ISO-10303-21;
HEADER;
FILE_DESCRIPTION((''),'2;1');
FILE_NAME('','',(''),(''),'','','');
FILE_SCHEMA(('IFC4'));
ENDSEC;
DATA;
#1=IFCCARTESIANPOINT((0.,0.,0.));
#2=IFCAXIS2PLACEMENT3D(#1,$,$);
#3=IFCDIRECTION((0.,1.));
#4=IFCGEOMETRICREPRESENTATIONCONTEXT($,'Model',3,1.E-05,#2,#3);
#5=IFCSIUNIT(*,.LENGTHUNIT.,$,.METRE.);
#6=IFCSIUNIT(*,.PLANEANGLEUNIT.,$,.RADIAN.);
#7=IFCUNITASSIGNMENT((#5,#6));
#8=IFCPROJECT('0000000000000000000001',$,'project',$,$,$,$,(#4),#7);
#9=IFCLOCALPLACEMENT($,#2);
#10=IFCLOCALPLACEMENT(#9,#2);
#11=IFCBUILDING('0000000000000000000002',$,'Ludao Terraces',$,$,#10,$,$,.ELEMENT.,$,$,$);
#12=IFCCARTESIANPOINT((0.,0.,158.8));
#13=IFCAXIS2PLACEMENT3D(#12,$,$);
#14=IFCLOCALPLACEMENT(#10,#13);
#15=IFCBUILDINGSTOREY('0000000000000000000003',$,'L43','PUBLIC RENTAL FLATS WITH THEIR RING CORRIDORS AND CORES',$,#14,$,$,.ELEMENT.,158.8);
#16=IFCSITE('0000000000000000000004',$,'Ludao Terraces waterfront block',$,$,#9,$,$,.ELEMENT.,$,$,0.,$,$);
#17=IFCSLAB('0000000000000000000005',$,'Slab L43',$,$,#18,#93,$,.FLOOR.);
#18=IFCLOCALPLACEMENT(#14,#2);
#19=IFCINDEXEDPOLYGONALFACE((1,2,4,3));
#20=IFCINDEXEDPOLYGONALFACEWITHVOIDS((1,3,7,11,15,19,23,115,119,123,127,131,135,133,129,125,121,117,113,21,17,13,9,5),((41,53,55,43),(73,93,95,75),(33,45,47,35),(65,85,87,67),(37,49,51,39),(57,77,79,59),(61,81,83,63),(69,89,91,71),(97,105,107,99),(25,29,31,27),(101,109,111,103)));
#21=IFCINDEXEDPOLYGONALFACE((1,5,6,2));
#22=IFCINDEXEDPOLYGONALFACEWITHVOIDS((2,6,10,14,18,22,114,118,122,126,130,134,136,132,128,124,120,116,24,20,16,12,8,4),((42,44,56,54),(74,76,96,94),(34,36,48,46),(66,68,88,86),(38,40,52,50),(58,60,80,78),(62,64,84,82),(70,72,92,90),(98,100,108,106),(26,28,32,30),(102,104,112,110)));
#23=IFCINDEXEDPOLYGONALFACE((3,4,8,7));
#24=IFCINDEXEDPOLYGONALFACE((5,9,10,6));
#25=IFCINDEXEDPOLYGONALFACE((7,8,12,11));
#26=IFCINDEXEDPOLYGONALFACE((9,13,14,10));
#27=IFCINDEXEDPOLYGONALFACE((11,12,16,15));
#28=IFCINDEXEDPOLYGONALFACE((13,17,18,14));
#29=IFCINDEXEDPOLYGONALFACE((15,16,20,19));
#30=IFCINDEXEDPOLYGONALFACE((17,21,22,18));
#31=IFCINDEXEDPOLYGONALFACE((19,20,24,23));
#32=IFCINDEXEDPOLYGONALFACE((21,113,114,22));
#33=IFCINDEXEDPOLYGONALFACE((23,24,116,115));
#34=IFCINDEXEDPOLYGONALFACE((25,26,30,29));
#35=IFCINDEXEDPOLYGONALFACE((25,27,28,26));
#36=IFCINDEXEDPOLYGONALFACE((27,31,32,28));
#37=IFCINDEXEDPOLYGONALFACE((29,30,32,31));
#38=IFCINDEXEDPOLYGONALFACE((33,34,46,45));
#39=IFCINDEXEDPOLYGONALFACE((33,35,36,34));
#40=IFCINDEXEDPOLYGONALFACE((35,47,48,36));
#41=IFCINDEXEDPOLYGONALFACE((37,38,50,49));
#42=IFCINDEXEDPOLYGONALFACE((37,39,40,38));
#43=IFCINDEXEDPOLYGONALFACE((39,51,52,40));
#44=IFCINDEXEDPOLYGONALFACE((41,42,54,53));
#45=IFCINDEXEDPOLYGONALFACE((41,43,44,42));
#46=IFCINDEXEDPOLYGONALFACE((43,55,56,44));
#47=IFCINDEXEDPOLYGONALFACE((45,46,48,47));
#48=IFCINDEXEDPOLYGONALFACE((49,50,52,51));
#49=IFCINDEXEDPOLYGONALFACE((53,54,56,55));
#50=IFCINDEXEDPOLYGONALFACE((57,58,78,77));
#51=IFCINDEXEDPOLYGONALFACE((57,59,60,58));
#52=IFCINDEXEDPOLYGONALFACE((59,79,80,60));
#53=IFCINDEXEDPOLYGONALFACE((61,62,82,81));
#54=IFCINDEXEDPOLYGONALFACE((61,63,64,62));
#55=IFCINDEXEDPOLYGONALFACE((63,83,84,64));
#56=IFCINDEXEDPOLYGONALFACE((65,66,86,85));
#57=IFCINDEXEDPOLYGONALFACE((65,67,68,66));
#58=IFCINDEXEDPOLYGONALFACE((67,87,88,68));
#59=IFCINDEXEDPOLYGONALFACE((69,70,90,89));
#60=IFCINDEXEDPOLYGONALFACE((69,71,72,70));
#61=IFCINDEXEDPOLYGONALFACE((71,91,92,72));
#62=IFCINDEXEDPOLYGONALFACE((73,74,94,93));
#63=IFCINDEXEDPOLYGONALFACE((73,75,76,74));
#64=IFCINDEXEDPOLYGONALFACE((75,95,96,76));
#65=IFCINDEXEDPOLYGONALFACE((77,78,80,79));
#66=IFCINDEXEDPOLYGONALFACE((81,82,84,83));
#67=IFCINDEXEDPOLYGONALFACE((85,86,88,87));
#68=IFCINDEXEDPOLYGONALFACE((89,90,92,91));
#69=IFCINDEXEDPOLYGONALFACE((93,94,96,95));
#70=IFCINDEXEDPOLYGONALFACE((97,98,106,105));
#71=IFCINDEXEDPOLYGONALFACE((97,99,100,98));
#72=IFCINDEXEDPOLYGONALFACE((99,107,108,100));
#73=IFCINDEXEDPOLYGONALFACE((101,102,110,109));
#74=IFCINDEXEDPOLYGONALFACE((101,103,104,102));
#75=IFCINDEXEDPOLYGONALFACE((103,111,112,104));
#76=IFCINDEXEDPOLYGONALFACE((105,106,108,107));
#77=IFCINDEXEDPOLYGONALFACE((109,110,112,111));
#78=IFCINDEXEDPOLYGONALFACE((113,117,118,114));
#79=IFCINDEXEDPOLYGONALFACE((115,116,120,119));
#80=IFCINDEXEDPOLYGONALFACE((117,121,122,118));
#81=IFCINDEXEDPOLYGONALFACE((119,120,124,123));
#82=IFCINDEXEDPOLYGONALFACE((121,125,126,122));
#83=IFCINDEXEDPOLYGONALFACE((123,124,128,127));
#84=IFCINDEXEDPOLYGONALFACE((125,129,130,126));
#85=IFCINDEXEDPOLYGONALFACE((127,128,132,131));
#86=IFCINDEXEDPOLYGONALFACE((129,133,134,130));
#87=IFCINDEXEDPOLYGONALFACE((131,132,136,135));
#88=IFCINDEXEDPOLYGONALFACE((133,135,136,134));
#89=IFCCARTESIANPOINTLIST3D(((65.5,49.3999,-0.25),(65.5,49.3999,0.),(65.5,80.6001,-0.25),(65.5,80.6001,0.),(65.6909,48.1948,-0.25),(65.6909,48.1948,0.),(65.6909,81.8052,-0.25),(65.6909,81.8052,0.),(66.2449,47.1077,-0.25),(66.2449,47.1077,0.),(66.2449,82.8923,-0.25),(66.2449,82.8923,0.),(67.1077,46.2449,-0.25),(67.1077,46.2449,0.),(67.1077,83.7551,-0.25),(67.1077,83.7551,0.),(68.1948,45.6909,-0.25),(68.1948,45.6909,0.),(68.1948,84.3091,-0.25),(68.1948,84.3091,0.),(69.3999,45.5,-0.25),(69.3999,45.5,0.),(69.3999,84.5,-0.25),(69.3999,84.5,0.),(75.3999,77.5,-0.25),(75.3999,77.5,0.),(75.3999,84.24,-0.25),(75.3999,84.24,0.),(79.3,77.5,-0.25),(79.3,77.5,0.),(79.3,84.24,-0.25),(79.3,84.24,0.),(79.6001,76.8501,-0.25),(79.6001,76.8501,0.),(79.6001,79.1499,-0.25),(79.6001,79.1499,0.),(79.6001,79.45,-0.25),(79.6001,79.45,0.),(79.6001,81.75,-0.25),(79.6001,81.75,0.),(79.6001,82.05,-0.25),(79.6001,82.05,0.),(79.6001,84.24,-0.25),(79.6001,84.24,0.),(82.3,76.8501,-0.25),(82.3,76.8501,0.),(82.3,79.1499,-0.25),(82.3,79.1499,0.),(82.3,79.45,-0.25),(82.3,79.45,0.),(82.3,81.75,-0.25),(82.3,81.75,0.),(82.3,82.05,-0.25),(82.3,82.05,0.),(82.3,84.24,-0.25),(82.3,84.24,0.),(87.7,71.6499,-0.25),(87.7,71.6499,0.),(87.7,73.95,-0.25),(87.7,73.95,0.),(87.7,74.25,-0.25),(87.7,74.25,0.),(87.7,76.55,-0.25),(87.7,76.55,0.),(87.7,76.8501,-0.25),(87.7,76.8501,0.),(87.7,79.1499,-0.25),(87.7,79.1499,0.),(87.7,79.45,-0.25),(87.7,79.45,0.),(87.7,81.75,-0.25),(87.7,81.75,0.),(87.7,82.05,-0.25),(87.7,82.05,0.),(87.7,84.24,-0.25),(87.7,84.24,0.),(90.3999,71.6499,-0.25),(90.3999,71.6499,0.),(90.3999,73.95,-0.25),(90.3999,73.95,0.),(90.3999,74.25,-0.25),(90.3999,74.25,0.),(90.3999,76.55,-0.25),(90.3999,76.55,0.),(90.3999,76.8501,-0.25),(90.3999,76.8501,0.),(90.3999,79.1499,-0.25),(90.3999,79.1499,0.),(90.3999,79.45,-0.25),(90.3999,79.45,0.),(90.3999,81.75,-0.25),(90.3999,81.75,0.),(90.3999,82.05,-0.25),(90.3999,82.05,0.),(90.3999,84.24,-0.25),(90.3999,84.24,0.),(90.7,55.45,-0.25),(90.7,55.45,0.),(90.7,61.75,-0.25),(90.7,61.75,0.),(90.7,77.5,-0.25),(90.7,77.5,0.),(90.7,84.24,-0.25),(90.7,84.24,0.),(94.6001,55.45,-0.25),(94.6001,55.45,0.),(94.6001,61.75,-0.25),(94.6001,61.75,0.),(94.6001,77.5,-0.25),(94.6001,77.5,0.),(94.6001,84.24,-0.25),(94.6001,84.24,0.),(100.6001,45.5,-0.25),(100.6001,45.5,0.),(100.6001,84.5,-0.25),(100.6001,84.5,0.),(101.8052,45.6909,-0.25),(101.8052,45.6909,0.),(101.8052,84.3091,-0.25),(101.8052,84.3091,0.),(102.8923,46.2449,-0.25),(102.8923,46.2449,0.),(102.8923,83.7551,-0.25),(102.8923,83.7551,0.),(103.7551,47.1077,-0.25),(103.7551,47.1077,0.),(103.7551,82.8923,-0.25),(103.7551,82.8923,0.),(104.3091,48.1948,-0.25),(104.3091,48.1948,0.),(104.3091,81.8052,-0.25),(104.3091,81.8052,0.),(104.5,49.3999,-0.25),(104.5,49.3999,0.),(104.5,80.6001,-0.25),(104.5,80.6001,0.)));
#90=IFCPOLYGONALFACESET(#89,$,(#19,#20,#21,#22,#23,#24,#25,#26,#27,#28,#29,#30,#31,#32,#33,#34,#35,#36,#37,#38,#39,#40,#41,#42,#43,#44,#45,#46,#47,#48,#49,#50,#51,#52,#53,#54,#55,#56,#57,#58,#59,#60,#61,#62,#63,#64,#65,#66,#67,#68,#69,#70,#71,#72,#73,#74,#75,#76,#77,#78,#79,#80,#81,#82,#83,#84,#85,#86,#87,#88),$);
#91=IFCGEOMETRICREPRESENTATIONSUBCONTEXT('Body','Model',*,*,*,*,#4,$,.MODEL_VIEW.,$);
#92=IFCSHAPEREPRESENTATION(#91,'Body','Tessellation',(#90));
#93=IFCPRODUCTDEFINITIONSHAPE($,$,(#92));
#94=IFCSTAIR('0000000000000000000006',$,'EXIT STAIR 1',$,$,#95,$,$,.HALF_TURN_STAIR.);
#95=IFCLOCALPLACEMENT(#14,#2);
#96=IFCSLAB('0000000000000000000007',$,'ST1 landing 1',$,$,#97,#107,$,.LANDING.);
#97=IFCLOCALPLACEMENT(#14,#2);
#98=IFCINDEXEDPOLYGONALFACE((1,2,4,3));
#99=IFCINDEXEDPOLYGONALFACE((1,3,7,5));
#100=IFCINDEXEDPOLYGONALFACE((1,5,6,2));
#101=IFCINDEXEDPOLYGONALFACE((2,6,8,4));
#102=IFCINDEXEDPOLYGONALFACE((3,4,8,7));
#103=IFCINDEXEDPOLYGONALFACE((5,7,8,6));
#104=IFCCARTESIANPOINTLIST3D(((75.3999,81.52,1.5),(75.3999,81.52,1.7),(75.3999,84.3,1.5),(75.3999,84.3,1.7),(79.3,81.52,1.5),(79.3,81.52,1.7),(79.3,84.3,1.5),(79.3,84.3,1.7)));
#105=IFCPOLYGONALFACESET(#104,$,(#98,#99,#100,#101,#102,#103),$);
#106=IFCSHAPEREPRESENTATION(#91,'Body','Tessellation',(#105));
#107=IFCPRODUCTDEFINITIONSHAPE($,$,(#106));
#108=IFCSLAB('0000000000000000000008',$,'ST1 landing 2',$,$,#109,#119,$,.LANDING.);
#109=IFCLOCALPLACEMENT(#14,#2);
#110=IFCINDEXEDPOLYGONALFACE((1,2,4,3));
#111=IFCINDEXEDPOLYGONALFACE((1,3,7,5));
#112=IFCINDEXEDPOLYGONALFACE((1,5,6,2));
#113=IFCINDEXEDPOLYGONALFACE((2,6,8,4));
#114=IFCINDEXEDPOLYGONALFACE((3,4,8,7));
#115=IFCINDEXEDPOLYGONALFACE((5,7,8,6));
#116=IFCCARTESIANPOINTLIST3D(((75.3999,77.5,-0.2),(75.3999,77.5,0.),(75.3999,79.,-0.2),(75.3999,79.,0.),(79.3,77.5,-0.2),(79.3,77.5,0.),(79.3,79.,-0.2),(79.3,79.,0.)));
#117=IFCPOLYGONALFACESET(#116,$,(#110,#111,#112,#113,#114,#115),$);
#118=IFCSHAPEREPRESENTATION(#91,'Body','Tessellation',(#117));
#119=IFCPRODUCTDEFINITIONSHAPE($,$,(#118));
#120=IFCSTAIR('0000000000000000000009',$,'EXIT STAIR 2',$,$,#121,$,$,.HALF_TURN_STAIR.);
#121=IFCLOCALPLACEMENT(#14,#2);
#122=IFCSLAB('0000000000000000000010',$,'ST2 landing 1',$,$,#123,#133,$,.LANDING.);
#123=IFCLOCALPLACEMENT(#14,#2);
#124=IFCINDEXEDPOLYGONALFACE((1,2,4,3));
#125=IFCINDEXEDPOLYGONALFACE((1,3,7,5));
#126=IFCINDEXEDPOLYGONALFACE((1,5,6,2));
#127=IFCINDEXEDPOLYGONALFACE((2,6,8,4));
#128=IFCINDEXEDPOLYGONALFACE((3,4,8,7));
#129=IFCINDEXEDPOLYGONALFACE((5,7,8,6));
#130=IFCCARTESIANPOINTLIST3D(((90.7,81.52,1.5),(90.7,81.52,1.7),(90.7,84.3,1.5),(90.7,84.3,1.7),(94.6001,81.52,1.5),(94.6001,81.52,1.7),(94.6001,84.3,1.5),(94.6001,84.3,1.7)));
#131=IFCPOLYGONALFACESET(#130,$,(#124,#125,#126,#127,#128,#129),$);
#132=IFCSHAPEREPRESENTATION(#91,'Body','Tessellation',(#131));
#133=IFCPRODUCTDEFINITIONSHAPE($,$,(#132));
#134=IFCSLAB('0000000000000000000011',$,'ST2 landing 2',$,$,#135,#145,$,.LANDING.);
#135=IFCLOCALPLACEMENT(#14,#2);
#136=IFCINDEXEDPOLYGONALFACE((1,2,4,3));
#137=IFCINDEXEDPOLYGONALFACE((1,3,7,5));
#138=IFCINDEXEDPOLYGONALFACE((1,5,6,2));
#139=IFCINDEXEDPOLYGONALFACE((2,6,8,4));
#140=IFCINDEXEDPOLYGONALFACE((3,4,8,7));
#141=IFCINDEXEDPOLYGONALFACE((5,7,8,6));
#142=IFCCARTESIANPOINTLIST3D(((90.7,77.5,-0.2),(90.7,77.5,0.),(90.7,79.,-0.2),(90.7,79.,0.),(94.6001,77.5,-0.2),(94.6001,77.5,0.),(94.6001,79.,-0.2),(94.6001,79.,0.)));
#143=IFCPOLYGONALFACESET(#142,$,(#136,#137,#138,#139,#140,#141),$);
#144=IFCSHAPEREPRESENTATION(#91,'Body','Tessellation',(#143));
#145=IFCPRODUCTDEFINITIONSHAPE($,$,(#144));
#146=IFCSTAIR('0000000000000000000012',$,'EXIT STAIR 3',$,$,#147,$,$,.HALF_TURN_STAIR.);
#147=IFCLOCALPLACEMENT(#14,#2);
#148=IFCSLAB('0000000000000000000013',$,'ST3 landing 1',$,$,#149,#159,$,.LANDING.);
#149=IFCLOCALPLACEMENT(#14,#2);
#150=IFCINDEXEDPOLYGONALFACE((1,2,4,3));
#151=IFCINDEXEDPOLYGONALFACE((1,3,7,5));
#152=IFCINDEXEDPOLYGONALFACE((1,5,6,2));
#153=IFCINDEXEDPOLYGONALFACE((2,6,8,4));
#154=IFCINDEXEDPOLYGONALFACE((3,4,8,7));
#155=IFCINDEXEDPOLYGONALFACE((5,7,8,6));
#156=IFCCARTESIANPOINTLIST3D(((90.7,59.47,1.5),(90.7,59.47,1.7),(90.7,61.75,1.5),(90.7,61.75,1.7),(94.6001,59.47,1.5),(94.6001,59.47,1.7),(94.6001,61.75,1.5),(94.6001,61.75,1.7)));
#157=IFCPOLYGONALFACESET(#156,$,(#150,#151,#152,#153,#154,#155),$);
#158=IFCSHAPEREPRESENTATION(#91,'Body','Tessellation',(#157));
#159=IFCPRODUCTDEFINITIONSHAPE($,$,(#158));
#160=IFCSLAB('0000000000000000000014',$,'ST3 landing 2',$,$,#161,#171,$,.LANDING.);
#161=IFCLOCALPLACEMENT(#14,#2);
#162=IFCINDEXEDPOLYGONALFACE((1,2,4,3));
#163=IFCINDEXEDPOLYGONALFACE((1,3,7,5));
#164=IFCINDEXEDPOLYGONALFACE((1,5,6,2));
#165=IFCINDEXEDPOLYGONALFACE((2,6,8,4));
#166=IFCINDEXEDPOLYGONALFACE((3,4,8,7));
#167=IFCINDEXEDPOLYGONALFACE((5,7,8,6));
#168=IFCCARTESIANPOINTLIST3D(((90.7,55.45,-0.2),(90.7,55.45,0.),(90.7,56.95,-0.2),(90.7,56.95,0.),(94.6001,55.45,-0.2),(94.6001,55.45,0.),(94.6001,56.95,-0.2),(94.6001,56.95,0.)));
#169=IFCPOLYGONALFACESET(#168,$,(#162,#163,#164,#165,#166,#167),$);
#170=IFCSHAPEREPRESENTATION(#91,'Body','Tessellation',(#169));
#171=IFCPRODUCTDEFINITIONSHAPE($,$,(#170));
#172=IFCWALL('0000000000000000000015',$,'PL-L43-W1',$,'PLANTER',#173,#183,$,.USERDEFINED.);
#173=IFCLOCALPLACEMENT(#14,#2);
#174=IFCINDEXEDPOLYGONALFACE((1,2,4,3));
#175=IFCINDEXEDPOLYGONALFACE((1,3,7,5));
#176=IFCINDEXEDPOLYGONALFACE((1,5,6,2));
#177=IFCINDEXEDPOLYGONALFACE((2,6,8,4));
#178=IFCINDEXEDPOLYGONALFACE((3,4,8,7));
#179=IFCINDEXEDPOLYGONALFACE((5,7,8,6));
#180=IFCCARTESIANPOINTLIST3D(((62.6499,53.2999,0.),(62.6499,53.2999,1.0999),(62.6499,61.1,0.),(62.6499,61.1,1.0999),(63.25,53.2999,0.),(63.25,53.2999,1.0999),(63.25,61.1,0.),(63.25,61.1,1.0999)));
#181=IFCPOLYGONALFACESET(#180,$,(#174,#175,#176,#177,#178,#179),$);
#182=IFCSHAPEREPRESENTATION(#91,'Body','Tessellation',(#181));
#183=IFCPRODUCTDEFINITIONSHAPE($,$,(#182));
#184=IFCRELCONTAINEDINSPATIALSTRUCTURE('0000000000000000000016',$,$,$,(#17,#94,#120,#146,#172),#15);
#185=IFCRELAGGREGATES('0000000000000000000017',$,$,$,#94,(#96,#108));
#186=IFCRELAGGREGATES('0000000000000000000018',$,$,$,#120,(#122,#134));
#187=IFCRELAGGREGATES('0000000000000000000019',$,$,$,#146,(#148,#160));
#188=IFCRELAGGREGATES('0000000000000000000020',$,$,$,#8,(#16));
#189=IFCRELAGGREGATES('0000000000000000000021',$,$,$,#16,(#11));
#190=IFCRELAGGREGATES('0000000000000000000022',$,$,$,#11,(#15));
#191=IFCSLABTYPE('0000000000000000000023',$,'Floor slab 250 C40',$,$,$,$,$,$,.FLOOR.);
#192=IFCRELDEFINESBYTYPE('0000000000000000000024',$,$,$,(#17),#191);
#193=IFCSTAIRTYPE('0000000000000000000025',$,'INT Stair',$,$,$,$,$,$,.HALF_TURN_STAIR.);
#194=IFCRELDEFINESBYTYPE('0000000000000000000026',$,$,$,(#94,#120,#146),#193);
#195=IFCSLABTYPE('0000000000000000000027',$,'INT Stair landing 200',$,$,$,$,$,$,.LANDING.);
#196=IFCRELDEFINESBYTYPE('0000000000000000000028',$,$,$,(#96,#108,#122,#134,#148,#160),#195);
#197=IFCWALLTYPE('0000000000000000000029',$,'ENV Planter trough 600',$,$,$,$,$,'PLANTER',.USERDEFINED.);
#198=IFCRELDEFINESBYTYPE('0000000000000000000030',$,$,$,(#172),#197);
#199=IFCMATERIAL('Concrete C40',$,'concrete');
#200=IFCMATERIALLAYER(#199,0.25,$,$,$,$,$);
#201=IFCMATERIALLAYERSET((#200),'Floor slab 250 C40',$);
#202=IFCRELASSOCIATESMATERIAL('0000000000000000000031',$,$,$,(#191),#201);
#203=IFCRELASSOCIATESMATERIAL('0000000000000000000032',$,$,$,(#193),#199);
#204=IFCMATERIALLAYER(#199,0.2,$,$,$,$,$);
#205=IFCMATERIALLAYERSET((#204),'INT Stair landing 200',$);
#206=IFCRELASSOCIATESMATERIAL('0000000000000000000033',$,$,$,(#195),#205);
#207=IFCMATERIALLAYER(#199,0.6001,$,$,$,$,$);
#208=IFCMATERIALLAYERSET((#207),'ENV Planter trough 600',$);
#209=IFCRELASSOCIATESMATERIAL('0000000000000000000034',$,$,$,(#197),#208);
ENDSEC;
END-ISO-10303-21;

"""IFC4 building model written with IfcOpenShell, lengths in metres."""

from ifc_helpers import new_model, si_unit, direction, frame, frame_2d, origin, place, context, subcontext, project, spatial, polyline, rectangle, outline, extrude, material, layer, layer_set, type_object, element, aggregate, save


model = new_model("IFC4")

# Units and contexts
model_context = context("Model", 3, precision=1e-05, world=origin(), true_north=direction((0.0, 1.0)))
body_context = subcontext(model_context, "Body", "Model", "MODEL_VIEW")
ifc_project = project(units=[si_unit("LENGTHUNIT", "METRE"), si_unit("PLANEANGLEUNIT", "RADIAN")], contexts=[model_context])

# Site, building, storey
site_placement = place(None, origin())
site = spatial("IfcSite", under=ifc_project, at=site_placement, Name="Ludao Terraces waterfront block", CompositionType="ELEMENT", RefElevation=0.0)
building_placement = place(site_placement, origin())
building = spatial("IfcBuilding", under=site, at=building_placement, Name="Ludao Terraces", CompositionType="ELEMENT")
storey_placement = place(building_placement, frame((0.0, 0.0, 158.8)))
storey = spatial("IfcBuildingStorey", under=building, at=storey_placement, Name="L43", Description="PUBLIC RENTAL FLATS WITH THEIR RING CORRIDORS AND CORES", CompositionType="ELEMENT", Elevation=158.8)

# Shared definitions
ifc_material_1 = material(Name="Concrete C40", Category="concrete")

# Slab
ifc_layer_1 = layer(ifc_material_1, 0.25)
ifc_layer_set_1 = layer_set([ifc_layer_1], Name="Floor slab 250 C40")
slab_type_1 = type_object("IfcSlabType", Name="Floor slab 250 C40", PredefinedType="FLOOR", material=ifc_layer_set_1)
slab_1_placement = place(storey_placement, frame((0.0, 0.0, -0.25)))
element("IfcSlab", 1, at=slab_1_placement, inside=storey, type_object=slab_type_1, Name="Slab L43", PredefinedType="FLOOR", context=body_context, shape_type="SweptSolid", body=[
    extrude(outline(polyline([(100.6001, 45.5), (101.8052, 45.6909), (102.8923, 46.2449), (103.7551, 47.1077), (104.3091, 48.1948), (104.5, 49.3999), (104.5, 80.6001), (104.3091, 81.8052), (103.7551, 82.8923), (102.8923, 83.7551), (101.8052, 84.3091), (100.6001, 84.5), (69.3999, 84.5), (68.1948, 84.3091), (67.1077, 83.7551), (66.2449, 82.8923), (65.6909, 81.8052), (65.5, 80.6001), (65.5, 49.3999), (65.6909, 48.1948), (66.2449, 47.1077), (67.1077, 46.2449), (68.1948, 45.6909), (69.3999, 45.5), (100.6001, 45.5)]), holes=[polyline([(79.6001, 76.8501), (82.3, 76.8501), (82.3, 79.1499), (79.6001, 79.1499), (79.6001, 76.8501)]), polyline([(79.6001, 79.45), (82.3, 79.45), (82.3, 81.75), (79.6001, 81.75), (79.6001, 79.45)]), polyline([(79.6001, 82.05), (82.3, 82.05), (82.3, 84.24), (79.6001, 84.24), (79.6001, 82.05)]), polyline([(87.7, 71.6499), (90.3999, 71.6499), (90.3999, 73.95), (87.7, 73.95), (87.7, 71.6499)]), polyline([(87.7, 74.25), (90.3999, 74.25), (90.3999, 76.55), (87.7, 76.55), (87.7, 74.25)]), polyline([(87.7, 76.8501), (90.3999, 76.8501), (90.3999, 79.1499), (87.7, 79.1499), (87.7, 76.8501)]), polyline([(87.7, 79.45), (90.3999, 79.45), (90.3999, 81.75), (87.7, 81.75), (87.7, 79.45)]), polyline([(87.7, 82.05), (90.3999, 82.05), (90.3999, 84.24), (87.7, 84.24), (87.7, 82.05)]), polyline([(75.3999, 77.5), (79.3, 77.5), (79.3, 84.24), (75.3999, 84.24), (75.3999, 77.5)]), polyline([(90.7, 77.5), (94.6001, 77.5), (94.6001, 84.24), (90.7, 84.24), (90.7, 77.5)]), polyline([(90.7, 55.45), (94.6001, 55.45), (94.6001, 61.75), (90.7, 61.75), (90.7, 55.45)])]), origin(), (0.0, 0.0, 1.0), 0.25),
])

# Stairs, slabs
stair_type = type_object("IfcStairType", Name="INT Stair", PredefinedType="HALF_TURN_STAIR", material=ifc_material_1)
stair_1_placement = place(storey_placement, origin())
stair_1 = element("IfcStair", 2, at=stair_1_placement, inside=storey, type_object=stair_type, Name="EXIT STAIR 1", PredefinedType="HALF_TURN_STAIR")
ifc_layer_2 = layer(ifc_material_1, 0.2)
ifc_layer_set_2 = layer_set([ifc_layer_2], Name="INT Stair landing 200")
slab_type_2 = type_object("IfcSlabType", Name="INT Stair landing 200", PredefinedType="LANDING", material=ifc_layer_set_2)
slab_2_placement = place(storey_placement, frame((0.0, 0.0, 1.5)))
slab_2 = element("IfcSlab", 3, at=slab_2_placement, type_object=slab_type_2, Name="ST1 landing 1", PredefinedType="LANDING", context=body_context, shape_type="SweptSolid", body=[
    extrude(outline(polyline([(75.3999, 81.52), (79.3, 81.52), (79.3, 84.3), (75.3999, 84.3), (75.3999, 81.52)])), origin(), (0.0, 0.0, 1.0), 0.2),
])
slab_3_placement = place(storey_placement, frame((0.0, 0.0, -0.2)))
slab_3 = element("IfcSlab", 4, at=slab_3_placement, type_object=slab_type_2, Name="ST1 landing 2", PredefinedType="LANDING", context=body_context, shape_type="SweptSolid", body=[
    extrude(outline(polyline([(75.3999, 77.5), (79.3, 77.5), (79.3, 79.0), (75.3999, 79.0), (75.3999, 77.5)])), origin(), (0.0, 0.0, 1.0), 0.2),
])
aggregate(stair_1, [slab_2, slab_3])
stair_2_placement = place(storey_placement, origin())
stair_2 = element("IfcStair", 5, at=stair_2_placement, inside=storey, type_object=stair_type, Name="EXIT STAIR 2", PredefinedType="HALF_TURN_STAIR")
slab_4_placement = place(storey_placement, frame((0.0, 0.0, 1.5)))
slab_4 = element("IfcSlab", 6, at=slab_4_placement, type_object=slab_type_2, Name="ST2 landing 1", PredefinedType="LANDING", context=body_context, shape_type="SweptSolid", body=[
    extrude(outline(polyline([(90.7, 81.52), (94.6001, 81.52), (94.6001, 84.3), (90.7, 84.3), (90.7, 81.52)])), origin(), (0.0, 0.0, 1.0), 0.2),
])
slab_5_placement = place(storey_placement, frame((0.0, 0.0, -0.2)))
slab_5 = element("IfcSlab", 7, at=slab_5_placement, type_object=slab_type_2, Name="ST2 landing 2", PredefinedType="LANDING", context=body_context, shape_type="SweptSolid", body=[
    extrude(outline(polyline([(90.7, 77.5), (94.6001, 77.5), (94.6001, 79.0), (90.7, 79.0), (90.7, 77.5)])), origin(), (0.0, 0.0, 1.0), 0.2),
])
aggregate(stair_2, [slab_4, slab_5])
stair_3_placement = place(storey_placement, origin())
stair_3 = element("IfcStair", 8, at=stair_3_placement, inside=storey, type_object=stair_type, Name="EXIT STAIR 3", PredefinedType="HALF_TURN_STAIR")
slab_6_placement = place(storey_placement, frame((0.0, 0.0, 1.5)))
slab_6 = element("IfcSlab", 9, at=slab_6_placement, type_object=slab_type_2, Name="ST3 landing 1", PredefinedType="LANDING", context=body_context, shape_type="SweptSolid", body=[
    extrude(outline(polyline([(90.7, 59.47), (94.6001, 59.47), (94.6001, 61.75), (90.7, 61.75), (90.7, 59.47)])), origin(), (0.0, 0.0, 1.0), 0.2),
])
slab_7_placement = place(storey_placement, frame((0.0, 0.0, -0.2)))
slab_7 = element("IfcSlab", 10, at=slab_7_placement, type_object=slab_type_2, Name="ST3 landing 2", PredefinedType="LANDING", context=body_context, shape_type="SweptSolid", body=[
    extrude(outline(polyline([(90.7, 55.45), (94.6001, 55.45), (94.6001, 56.95), (90.7, 56.95), (90.7, 55.45)])), origin(), (0.0, 0.0, 1.0), 0.2),
])
aggregate(stair_3, [slab_6, slab_7])

# Wall
ifc_layer_3 = layer(ifc_material_1, 0.6001)
ifc_layer_set_3 = layer_set([ifc_layer_3], Name="ENV Planter trough 600")
wall_type = type_object("IfcWallType", Name="ENV Planter trough 600", ElementType="PLANTER", PredefinedType="USERDEFINED", material=ifc_layer_set_3)
wall_1_placement = place(storey_placement, frame((62.95, 53.3, 0.0), z_axis=(0.0, 0.0, 1.0), x_axis=(0.0, 1.0, 0.0)))
element("IfcWall", 11, at=wall_1_placement, inside=storey, type_object=wall_type, Name="PL-L43-W1", ObjectType="PLANTER", PredefinedType="USERDEFINED", context=body_context, shape_type="SweptSolid", body=[
    extrude(rectangle(XDim=7.8, YDim=0.6001, at=frame_2d((3.8999, 0.0))), origin(), (0.0, 0.0, 1.0), 1.0999),
])

save(model, "model.ifc")
